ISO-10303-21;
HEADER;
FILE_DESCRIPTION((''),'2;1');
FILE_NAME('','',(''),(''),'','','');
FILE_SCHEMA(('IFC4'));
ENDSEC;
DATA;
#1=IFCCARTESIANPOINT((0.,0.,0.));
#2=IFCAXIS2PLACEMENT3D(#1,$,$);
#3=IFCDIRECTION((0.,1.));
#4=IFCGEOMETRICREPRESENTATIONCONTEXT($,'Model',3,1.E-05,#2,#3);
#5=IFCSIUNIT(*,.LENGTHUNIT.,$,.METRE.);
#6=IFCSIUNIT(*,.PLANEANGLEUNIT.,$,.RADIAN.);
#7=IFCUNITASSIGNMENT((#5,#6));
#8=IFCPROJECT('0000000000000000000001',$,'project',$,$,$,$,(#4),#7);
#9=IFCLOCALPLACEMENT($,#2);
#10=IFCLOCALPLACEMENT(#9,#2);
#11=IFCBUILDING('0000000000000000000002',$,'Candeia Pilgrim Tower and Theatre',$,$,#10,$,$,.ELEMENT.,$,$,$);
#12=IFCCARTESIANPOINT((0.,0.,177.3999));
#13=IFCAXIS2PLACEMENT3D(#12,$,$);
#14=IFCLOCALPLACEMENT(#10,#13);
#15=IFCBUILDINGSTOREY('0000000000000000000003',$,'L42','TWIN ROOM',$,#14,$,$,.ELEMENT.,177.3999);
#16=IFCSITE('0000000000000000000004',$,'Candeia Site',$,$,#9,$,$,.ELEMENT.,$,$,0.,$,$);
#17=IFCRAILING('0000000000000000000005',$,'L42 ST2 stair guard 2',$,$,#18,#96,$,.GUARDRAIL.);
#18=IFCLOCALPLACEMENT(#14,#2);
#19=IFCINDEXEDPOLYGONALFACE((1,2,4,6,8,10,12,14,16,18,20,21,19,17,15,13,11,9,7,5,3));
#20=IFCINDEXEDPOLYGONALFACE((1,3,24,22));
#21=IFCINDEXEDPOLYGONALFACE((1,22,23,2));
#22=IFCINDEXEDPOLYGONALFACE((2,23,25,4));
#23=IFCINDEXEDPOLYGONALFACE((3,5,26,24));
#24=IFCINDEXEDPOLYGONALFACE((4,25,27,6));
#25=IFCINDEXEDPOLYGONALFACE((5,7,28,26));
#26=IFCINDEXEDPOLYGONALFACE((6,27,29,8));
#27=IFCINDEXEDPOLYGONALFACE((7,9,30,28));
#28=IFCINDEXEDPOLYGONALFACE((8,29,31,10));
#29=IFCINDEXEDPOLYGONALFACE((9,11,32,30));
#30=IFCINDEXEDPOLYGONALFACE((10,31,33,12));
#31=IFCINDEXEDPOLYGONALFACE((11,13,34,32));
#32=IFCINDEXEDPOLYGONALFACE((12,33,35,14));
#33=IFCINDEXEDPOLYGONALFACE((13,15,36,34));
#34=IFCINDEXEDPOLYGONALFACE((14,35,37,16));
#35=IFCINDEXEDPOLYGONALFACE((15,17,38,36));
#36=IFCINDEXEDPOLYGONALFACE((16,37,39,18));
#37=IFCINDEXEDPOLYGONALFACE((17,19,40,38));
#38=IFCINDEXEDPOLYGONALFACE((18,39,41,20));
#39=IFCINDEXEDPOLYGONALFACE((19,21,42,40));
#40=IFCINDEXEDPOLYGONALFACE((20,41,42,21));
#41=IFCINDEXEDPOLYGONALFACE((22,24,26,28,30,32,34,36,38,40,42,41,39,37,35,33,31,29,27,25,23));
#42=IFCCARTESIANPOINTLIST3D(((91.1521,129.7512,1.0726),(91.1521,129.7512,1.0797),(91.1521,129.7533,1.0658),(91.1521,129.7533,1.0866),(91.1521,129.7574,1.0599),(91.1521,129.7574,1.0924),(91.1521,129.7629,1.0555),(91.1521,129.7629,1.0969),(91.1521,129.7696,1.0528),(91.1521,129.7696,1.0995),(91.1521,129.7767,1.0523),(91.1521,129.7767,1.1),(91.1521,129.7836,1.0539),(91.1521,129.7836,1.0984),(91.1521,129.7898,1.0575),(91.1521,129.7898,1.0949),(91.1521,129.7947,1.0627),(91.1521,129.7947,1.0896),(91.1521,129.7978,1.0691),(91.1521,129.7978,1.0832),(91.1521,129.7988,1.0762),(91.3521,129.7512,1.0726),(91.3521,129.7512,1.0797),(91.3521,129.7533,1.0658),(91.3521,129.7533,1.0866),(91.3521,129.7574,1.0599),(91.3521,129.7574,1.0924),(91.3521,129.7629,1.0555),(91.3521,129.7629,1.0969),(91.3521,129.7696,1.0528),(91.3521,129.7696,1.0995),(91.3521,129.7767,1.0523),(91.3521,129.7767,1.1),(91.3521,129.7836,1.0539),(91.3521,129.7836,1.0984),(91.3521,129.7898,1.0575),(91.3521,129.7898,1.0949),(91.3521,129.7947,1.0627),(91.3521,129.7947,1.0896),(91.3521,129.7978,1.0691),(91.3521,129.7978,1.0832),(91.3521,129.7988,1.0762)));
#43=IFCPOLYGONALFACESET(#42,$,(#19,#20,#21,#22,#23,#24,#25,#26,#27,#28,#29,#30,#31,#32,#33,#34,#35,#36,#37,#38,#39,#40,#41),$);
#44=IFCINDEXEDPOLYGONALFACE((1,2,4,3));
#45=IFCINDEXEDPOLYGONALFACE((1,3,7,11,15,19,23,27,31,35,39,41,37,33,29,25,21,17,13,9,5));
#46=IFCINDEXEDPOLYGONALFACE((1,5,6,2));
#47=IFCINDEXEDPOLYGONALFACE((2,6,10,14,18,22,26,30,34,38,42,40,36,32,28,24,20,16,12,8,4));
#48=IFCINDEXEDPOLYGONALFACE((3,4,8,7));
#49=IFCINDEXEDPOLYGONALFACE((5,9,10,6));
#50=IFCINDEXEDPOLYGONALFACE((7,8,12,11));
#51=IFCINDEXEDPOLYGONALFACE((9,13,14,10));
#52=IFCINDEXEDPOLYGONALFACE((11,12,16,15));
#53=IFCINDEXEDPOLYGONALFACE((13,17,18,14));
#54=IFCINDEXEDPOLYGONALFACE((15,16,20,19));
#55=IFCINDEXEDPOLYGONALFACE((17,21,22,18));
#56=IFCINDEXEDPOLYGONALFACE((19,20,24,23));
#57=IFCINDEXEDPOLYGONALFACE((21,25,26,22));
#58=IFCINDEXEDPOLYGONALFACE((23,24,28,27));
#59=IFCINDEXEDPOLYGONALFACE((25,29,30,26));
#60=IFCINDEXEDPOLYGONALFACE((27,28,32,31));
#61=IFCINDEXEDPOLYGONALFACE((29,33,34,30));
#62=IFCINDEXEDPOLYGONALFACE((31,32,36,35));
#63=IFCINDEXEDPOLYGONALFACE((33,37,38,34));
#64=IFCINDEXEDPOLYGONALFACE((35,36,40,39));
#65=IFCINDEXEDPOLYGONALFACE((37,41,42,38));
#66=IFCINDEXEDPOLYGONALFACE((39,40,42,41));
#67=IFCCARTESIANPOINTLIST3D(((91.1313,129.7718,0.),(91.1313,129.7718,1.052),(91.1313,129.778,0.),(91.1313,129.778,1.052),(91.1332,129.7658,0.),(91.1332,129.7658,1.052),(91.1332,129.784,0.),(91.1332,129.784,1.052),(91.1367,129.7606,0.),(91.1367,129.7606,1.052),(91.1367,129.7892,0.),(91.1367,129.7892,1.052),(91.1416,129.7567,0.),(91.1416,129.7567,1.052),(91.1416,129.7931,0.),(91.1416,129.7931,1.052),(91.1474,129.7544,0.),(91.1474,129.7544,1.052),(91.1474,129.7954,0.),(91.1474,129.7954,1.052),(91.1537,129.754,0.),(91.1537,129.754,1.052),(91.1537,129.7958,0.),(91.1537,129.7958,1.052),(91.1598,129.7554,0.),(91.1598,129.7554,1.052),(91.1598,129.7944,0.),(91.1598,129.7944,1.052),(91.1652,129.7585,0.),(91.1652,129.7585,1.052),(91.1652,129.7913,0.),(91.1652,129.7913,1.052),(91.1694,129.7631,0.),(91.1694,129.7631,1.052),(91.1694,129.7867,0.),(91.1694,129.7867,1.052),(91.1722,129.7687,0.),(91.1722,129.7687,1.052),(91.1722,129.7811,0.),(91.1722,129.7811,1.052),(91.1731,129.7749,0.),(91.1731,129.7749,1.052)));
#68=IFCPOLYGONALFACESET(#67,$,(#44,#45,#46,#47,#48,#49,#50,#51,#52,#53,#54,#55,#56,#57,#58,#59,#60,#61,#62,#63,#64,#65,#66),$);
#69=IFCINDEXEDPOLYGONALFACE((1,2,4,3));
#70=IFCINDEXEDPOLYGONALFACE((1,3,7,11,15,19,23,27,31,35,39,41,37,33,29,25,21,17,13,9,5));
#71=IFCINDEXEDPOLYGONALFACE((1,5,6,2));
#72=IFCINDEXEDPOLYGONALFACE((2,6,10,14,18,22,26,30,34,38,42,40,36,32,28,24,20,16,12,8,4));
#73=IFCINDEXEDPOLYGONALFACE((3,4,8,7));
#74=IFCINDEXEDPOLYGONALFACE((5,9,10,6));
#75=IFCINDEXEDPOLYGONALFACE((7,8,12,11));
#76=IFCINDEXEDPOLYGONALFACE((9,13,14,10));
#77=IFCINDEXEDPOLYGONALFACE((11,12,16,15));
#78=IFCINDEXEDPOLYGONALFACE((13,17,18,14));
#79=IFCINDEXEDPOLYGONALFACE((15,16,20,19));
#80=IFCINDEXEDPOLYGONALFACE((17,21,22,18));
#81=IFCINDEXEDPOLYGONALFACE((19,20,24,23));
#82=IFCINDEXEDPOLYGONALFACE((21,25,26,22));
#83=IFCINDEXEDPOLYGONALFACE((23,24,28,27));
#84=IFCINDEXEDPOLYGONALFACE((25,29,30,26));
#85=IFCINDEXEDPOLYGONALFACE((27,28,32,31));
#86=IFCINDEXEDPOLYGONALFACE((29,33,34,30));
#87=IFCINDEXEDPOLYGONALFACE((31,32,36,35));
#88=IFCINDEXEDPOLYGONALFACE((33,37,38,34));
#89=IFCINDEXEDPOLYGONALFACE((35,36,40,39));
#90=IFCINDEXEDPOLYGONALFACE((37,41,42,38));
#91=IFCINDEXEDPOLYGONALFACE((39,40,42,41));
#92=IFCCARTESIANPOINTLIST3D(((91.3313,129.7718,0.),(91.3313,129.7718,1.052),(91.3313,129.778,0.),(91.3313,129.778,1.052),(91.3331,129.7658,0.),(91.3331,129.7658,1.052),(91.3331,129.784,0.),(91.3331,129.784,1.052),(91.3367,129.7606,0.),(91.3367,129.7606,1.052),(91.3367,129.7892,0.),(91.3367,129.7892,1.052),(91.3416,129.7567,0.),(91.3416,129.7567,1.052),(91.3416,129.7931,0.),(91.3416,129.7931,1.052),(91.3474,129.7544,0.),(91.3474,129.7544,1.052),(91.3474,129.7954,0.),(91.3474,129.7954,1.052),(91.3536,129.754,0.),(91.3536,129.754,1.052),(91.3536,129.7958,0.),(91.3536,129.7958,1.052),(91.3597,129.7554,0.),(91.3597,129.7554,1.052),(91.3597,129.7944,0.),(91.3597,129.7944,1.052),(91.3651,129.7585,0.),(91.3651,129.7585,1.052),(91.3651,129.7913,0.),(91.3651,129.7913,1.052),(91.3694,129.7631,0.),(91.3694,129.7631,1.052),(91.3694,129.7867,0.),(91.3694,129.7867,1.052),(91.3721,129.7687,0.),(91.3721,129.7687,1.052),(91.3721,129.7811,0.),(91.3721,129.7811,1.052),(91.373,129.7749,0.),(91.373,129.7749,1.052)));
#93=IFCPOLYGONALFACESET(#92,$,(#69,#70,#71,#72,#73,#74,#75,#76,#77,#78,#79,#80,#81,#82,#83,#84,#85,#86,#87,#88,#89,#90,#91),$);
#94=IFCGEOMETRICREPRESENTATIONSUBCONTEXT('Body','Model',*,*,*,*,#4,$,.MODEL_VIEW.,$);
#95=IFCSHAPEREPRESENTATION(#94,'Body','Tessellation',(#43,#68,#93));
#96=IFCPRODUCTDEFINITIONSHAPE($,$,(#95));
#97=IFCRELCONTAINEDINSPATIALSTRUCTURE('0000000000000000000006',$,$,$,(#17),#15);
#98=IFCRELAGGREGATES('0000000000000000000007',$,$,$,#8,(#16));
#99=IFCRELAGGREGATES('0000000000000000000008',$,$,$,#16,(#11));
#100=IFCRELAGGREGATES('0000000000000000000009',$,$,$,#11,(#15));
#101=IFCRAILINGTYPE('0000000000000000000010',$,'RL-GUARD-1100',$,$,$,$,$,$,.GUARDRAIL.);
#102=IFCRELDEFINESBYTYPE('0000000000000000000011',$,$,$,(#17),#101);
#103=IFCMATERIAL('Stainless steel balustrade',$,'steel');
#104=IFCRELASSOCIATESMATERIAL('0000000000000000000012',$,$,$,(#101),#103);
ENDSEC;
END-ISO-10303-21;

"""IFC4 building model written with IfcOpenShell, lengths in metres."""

from ifc_helpers import new_model, si_unit, direction, frame, origin, origin_2d, place, context, subcontext, project, spatial, circle, extrude, material, type_object, element, save


model = new_model("IFC4")

# Units and contexts
model_context = context("Model", 3, precision=1e-05, world=origin(), true_north=direction((0.0, 1.0)))
body_context = subcontext(model_context, "Body", "Model", "MODEL_VIEW")
ifc_project = project(units=[si_unit("LENGTHUNIT", "METRE"), si_unit("PLANEANGLEUNIT", "RADIAN")], contexts=[model_context])

# Site, building, storey
site_placement = place(None, origin())
site = spatial("IfcSite", under=ifc_project, at=site_placement, Name="Candeia Site", CompositionType="ELEMENT", RefElevation=0.0)
building_placement = place(site_placement, origin())
building = spatial("IfcBuilding", under=site, at=building_placement, Name="Candeia Pilgrim Tower and Theatre", CompositionType="ELEMENT")
storey_placement = place(building_placement, frame((0.0, 0.0, 177.3999)))
storey = spatial("IfcBuildingStorey", under=building, at=storey_placement, Name="L42", Description="TWIN ROOM", CompositionType="ELEMENT", Elevation=177.3999)

# Railing
ifc_material_1 = material(Name="Stainless steel balustrade", Category="steel")
railing_type_1 = type_object("IfcRailingType", Name="RL-GUARD-1100", PredefinedType="GUARDRAIL", material=ifc_material_1)
railing_1_placement = place(storey_placement, frame((91.1521, 129.7749, 0.0)))
element("IfcRailing", 1, at=railing_1_placement, inside=storey, type_object=railing_type_1, Name="L42 ST2 stair guard 2", PredefinedType="GUARDRAIL", context=body_context, shape_type="SweptSolid", body=[
    extrude(circle(Radius=0.0239, at=origin_2d()), frame((0.0, 0.0, 1.0762), z_axis=(1.0, 0.0, 0.0), x_axis=(0.0, 1.0, 0.0)), (0.0, 0.0, 1.0), 0.2),
    extrude(circle(Radius=0.021, at=origin_2d()), origin(), (0.0, 0.0, 1.0), 1.052),
    extrude(circle(Radius=0.021, at=origin_2d()), frame((0.2, 0.0, 0.0)), (0.0, 0.0, 1.0), 1.052),
])

save(model, "model.ifc")
